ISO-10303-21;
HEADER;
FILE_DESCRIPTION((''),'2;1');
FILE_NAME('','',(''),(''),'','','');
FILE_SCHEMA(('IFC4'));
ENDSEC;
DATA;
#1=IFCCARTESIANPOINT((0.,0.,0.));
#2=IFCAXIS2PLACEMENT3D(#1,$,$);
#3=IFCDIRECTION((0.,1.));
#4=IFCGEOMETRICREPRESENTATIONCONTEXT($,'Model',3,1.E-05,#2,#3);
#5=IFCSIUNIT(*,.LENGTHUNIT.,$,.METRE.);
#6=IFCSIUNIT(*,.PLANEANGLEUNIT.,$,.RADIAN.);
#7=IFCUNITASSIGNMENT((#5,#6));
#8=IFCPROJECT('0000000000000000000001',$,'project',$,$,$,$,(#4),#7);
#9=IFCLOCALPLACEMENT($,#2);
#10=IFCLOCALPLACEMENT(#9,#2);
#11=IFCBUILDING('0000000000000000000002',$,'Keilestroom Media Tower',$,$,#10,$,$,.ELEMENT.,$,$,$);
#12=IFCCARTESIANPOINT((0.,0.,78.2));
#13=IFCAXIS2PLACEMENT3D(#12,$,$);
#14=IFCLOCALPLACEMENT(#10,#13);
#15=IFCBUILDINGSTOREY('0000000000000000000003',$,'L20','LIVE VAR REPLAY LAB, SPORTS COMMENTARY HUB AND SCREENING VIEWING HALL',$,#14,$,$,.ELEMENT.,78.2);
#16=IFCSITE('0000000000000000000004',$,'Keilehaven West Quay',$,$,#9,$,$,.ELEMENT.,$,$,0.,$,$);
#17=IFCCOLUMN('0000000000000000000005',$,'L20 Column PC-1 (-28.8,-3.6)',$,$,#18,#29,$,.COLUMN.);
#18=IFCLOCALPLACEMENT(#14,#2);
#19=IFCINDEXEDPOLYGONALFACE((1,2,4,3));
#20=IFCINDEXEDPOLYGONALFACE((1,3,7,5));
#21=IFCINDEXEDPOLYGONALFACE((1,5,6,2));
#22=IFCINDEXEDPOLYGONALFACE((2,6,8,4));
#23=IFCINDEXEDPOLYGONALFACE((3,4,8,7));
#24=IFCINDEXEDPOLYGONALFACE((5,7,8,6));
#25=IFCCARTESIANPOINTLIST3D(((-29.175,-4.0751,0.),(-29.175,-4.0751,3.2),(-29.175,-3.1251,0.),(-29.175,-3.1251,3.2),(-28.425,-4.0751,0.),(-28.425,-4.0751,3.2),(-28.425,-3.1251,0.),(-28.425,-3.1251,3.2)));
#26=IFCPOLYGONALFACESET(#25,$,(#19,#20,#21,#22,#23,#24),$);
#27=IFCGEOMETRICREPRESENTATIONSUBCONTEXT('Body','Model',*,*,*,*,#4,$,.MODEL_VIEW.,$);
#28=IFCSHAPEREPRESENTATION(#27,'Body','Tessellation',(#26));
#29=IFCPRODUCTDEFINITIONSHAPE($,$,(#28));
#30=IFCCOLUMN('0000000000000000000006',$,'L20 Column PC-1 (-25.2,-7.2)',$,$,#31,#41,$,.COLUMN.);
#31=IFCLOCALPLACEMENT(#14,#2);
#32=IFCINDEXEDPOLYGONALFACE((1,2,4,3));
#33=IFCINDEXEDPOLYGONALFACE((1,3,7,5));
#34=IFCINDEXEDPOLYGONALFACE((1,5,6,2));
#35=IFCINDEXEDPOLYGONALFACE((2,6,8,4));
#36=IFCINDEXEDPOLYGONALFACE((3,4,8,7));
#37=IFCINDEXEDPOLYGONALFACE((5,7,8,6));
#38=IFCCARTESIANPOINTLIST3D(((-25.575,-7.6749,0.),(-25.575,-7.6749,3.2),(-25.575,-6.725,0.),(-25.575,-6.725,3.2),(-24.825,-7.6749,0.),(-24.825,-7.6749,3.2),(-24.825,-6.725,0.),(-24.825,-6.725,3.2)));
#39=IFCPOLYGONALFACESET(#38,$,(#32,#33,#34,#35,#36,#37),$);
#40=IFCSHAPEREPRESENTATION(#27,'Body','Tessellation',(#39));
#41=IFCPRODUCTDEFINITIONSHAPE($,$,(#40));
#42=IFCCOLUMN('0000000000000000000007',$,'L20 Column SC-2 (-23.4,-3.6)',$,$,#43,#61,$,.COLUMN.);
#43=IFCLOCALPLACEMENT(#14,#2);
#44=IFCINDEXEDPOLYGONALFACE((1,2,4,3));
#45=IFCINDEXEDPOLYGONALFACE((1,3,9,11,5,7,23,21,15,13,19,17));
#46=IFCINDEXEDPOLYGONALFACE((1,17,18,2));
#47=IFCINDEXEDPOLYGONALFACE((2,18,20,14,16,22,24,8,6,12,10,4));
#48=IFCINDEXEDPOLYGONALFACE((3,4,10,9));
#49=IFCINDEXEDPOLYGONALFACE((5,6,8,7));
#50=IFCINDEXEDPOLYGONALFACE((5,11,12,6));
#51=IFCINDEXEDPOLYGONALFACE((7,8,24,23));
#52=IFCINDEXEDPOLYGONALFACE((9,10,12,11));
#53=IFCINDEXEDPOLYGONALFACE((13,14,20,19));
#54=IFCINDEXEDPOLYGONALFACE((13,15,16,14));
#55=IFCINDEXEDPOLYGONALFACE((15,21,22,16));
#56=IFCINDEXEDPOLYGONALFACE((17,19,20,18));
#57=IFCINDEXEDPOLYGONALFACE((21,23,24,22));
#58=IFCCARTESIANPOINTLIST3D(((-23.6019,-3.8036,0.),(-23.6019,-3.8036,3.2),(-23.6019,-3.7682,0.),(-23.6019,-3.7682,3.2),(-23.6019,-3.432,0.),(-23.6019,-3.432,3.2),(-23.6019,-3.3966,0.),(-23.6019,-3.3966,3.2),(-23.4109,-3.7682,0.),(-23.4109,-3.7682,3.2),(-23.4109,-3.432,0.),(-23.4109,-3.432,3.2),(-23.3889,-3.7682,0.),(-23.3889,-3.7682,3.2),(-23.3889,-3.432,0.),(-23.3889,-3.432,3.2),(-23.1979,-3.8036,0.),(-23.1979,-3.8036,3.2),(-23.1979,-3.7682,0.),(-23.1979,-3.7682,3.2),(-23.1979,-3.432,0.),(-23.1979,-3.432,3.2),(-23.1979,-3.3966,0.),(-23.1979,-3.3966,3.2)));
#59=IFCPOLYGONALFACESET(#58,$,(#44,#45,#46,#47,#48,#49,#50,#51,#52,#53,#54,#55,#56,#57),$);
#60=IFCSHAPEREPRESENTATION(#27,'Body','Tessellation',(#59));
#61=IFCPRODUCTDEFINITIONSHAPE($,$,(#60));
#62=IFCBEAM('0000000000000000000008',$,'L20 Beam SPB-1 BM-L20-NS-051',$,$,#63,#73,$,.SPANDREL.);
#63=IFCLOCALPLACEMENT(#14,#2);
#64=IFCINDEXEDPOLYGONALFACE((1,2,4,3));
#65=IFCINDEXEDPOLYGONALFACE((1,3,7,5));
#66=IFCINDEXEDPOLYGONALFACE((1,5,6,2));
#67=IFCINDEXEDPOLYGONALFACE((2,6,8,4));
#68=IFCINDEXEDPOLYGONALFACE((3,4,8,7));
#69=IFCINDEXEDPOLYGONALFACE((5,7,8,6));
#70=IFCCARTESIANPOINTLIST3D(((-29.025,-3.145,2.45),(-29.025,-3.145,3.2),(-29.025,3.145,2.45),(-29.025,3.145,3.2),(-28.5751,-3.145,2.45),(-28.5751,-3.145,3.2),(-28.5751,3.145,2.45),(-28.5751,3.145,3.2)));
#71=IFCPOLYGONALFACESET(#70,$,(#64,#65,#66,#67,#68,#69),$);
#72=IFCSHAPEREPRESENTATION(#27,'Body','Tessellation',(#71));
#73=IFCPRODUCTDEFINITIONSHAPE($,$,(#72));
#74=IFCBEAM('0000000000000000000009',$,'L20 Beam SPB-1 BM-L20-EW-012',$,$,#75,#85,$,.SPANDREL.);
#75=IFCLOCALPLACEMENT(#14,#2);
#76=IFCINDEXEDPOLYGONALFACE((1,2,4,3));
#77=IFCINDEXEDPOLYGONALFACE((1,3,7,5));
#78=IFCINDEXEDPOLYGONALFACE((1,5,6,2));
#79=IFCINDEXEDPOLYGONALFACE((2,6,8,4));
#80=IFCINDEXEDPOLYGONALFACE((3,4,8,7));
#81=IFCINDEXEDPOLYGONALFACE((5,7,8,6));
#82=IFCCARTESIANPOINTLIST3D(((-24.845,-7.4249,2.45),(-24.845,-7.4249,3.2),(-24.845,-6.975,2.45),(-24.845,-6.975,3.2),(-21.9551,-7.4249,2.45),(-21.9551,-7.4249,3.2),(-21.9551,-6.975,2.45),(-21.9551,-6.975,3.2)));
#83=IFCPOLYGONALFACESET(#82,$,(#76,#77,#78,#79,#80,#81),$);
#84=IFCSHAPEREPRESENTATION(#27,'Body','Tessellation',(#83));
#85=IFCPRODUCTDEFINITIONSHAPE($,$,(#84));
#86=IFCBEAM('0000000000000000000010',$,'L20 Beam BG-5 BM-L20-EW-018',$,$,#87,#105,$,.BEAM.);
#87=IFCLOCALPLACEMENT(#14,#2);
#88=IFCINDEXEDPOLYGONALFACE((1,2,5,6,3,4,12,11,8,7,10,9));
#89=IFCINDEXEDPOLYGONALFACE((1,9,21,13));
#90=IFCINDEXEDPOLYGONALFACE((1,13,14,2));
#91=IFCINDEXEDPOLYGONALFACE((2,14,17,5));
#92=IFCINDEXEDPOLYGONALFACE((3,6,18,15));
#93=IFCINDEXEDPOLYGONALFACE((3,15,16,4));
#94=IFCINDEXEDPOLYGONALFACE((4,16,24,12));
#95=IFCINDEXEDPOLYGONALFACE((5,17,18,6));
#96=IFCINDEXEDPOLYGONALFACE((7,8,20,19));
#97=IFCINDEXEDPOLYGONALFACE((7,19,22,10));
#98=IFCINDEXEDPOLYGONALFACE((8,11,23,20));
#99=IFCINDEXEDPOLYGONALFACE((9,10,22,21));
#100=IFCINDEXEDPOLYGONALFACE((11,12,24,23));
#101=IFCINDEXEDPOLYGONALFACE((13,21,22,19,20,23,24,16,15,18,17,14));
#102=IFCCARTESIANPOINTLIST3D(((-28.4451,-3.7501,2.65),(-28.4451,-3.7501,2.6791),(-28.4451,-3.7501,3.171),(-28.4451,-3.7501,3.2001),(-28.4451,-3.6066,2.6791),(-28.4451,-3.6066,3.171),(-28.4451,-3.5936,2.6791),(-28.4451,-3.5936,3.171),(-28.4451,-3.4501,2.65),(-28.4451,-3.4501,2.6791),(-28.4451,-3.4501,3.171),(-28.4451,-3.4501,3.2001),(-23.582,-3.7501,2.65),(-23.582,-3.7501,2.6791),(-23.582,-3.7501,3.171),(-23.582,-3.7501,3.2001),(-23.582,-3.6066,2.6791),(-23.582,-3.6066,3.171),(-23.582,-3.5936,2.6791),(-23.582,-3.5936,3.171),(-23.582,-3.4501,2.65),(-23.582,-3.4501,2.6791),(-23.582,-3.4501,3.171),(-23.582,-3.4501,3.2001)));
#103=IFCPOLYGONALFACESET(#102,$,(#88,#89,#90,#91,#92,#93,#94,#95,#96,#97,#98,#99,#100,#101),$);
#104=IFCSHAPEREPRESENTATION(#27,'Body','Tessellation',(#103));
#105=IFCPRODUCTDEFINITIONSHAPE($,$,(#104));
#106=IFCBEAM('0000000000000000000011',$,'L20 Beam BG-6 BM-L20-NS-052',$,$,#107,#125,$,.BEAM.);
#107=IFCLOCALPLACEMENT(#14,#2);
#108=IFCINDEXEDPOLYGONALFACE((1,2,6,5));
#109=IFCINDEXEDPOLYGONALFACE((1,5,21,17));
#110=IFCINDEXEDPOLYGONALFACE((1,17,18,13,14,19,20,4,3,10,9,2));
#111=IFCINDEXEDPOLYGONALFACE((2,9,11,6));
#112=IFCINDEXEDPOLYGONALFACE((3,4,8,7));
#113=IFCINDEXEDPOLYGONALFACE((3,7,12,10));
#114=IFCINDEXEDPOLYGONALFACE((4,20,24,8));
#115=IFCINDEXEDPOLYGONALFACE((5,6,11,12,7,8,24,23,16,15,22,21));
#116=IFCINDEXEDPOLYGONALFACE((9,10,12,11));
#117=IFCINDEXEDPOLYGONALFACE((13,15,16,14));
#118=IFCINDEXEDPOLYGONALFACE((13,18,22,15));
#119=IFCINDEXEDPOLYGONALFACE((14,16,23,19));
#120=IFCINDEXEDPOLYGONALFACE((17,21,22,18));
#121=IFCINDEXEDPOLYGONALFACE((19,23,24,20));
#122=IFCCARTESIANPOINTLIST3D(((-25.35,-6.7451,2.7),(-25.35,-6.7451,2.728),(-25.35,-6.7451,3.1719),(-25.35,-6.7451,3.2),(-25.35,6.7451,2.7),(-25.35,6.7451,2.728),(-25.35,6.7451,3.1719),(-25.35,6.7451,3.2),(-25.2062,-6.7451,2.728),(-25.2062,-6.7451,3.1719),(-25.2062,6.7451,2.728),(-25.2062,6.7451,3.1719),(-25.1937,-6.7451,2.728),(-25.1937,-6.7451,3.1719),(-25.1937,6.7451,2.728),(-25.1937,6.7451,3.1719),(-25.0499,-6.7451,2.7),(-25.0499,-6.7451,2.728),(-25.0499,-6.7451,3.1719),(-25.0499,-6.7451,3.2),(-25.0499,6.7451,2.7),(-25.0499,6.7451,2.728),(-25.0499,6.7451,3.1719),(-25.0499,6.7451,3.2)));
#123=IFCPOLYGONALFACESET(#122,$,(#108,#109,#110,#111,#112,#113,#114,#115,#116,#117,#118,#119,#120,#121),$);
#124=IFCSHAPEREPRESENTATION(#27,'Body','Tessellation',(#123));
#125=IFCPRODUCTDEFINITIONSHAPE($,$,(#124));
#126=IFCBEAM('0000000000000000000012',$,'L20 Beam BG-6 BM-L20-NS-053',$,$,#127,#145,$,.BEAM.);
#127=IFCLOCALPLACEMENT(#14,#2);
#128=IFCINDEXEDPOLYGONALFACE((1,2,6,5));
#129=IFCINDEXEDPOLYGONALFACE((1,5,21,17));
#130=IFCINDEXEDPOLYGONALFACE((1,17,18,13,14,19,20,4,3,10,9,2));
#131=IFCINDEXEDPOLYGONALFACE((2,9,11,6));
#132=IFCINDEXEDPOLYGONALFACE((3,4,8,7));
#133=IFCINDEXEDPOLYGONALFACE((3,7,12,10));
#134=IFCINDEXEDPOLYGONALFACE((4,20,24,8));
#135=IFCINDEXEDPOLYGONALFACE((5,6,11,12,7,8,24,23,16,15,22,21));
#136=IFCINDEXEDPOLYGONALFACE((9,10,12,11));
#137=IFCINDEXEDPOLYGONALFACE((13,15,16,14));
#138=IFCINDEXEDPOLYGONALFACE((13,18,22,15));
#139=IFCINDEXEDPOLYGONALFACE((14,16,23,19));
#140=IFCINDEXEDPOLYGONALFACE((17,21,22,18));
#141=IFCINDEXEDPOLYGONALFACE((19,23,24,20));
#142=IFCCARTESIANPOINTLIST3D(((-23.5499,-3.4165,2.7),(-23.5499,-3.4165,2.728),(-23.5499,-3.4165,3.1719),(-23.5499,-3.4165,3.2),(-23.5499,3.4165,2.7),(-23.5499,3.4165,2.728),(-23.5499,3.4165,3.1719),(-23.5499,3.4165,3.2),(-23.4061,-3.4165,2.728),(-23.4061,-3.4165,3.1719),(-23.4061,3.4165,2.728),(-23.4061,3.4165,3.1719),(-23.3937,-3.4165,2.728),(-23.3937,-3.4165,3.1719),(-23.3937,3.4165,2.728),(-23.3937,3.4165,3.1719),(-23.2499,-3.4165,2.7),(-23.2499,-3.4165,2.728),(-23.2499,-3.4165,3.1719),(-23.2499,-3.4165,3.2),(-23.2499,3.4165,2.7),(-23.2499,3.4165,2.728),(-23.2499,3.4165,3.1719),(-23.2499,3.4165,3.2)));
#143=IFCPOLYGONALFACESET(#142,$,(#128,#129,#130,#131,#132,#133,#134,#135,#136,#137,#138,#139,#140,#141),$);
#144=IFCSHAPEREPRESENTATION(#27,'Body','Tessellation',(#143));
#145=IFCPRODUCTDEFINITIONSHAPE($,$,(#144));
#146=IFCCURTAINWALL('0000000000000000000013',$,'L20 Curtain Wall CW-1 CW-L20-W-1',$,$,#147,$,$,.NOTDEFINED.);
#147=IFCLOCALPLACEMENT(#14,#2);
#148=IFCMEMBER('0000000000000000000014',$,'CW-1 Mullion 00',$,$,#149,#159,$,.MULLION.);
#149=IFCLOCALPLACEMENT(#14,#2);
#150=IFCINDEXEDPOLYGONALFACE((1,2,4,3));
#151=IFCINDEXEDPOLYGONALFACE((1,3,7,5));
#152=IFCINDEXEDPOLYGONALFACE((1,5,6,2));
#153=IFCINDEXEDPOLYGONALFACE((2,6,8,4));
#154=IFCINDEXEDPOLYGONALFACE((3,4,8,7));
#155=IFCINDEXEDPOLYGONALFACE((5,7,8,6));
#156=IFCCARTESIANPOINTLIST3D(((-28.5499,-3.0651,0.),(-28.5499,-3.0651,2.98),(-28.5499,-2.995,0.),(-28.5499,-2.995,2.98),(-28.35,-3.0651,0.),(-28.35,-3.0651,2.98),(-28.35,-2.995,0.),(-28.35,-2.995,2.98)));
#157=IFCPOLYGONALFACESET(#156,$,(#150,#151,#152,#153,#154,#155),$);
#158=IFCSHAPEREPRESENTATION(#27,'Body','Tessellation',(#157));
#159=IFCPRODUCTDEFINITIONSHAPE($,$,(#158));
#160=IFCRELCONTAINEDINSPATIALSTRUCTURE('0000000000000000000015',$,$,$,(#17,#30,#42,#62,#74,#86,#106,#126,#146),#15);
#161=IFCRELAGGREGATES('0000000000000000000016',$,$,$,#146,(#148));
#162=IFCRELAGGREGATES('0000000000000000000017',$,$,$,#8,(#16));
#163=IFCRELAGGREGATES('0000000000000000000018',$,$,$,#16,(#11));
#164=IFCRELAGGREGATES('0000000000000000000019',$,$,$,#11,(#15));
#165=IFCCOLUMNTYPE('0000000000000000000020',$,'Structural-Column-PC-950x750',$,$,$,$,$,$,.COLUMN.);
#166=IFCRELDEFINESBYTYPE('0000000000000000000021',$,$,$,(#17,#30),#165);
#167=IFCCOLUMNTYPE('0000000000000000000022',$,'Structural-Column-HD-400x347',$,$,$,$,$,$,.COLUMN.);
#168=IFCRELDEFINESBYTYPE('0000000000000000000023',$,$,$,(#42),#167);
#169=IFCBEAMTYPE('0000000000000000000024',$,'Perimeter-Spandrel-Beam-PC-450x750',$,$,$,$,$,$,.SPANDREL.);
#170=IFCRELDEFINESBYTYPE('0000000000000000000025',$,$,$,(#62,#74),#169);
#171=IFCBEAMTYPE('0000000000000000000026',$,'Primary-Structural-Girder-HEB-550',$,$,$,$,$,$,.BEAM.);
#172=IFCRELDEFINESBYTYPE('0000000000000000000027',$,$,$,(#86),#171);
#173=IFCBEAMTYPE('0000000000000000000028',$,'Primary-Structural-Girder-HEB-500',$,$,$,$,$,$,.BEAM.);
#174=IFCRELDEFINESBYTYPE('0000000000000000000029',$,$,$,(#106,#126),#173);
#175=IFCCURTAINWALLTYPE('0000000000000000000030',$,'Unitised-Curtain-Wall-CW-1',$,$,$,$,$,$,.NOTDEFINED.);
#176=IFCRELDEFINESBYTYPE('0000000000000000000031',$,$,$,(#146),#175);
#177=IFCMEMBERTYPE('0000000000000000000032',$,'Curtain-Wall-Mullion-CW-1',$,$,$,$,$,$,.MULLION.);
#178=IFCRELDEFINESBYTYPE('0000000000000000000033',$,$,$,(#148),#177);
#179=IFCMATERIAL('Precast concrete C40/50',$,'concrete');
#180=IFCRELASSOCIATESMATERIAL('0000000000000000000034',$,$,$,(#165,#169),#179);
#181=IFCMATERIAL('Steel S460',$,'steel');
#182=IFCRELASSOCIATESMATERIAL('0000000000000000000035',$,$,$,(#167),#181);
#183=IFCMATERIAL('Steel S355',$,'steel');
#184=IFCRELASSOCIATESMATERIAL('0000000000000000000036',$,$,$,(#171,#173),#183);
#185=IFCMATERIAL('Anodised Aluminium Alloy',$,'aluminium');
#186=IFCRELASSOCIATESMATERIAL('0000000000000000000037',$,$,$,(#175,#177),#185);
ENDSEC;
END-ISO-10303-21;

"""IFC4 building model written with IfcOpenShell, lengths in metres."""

from ifc_helpers import new_model, si_unit, direction, frame, origin, origin_2d, place, context, subcontext, project, spatial, rectangle, i_section, extrude, source, transform, mapped, material, material_profile, profile_set, type_object, element, aggregate, save


model = new_model("IFC4")

# Units and contexts
model_context = context("Model", 3, precision=1e-05, world=origin(), true_north=direction((0.0, 1.0)))
body_context = subcontext(model_context, "Body", "Model", "MODEL_VIEW")
ifc_project = project(units=[si_unit("LENGTHUNIT", "METRE"), si_unit("PLANEANGLEUNIT", "RADIAN")], contexts=[model_context])

# Site, building, storey
site_placement = place(None, origin())
site = spatial("IfcSite", under=ifc_project, at=site_placement, Name="Keilehaven West Quay", CompositionType="ELEMENT", RefElevation=0.0)
building_placement = place(site_placement, origin())
building = spatial("IfcBuilding", under=site, at=building_placement, Name="Keilestroom Media Tower", CompositionType="ELEMENT")
storey_placement = place(building_placement, frame((0.0, 0.0, 78.2)))
storey = spatial("IfcBuildingStorey", under=building, at=storey_placement, Name="L20", Description="LIVE VAR REPLAY LAB, SPORTS COMMENTARY HUB AND SCREENING VIEWING HALL", CompositionType="ELEMENT", Elevation=78.2)

# Columns
ifc_material_1 = material(Name="Precast concrete C40/50", Category="concrete")
ifc_material_profile_1 = material_profile(ifc_material_1, rectangle(XDim=0.75, YDim=0.95, at=origin_2d()), Name="PC 950x750")
ifc_profile_set_1 = profile_set([ifc_material_profile_1], Name="Precast concrete C40/50")
column_type_1 = type_object("IfcColumnType", Name="Structural-Column-PC-950x750", PredefinedType="COLUMN", material=ifc_profile_set_1)
shared_shape_1 = source(origin(), body_context, "Body", "SweptSolid", [
    extrude(rectangle(XDim=0.75, YDim=0.95, at=origin_2d()), origin(), (0.0, 0.0, 1.0), 3.2),
])
for number, where, z_axis, x_axis, name in (
    (1, (-28.8, -3.6001, 0.0), (0.0, 0.0, 1.0), (1.0, 0.0, 0.0), "L20 Column PC-1 (-28.8,-3.6)"),
    (2, (-25.2, -7.2, 0.0), (0.0, 0.0, 1.0), (1.0, 0.0, 0.0), "L20 Column PC-1 (-25.2,-7.2)"),
):
    element("IfcColumn", number, at=place(storey_placement, frame(where, z_axis=z_axis, x_axis=x_axis)), inside=storey, type_object=column_type_1, Name=name, PredefinedType="COLUMN", context=body_context, shape_type="MappedRepresentation", body=[
        mapped(shared_shape_1, transform((0.0, 0.0, 0.0), x_axis=(1.0, 0.0, 0.0), y_axis=(0.0, 1.0, 0.0), z_axis=(0.0, 0.0, 1.0), scale=1.0)),
    ])
ifc_material_2 = material(Name="Steel S460", Category="steel")
ifc_material_profile_2 = material_profile(ifc_material_2, i_section(OverallWidth=0.4041, OverallDepth=0.407, WebThickness=0.022, FlangeThickness=0.0354, at=origin_2d()), Name="HD 400x347")
ifc_profile_set_2 = profile_set([ifc_material_profile_2], Name="Steel S460")
column_type_2 = type_object("IfcColumnType", Name="Structural-Column-HD-400x347", PredefinedType="COLUMN", material=ifc_profile_set_2)
shared_shape_2 = source(origin(), body_context, "Body", "SweptSolid", [
    extrude(i_section(OverallWidth=0.4041, OverallDepth=0.407, WebThickness=0.022, FlangeThickness=0.0354, at=origin_2d()), origin(), (0.0, 0.0, 1.0), 3.2),
])
column_placement = place(storey_placement, frame((-23.3999, -3.6001, 0.0), z_axis=(0.0, 0.0, 1.0), x_axis=(1.0, 0.0, 0.0)))
element("IfcColumn", 3, at=column_placement, inside=storey, type_object=column_type_2, Name="L20 Column SC-2 (-23.4,-3.6)", PredefinedType="COLUMN", context=body_context, shape_type="MappedRepresentation", body=[
    mapped(shared_shape_2, transform((0.0, 0.0, 0.0), x_axis=(1.0, 0.0, 0.0), y_axis=(0.0, 1.0, 0.0), z_axis=(0.0, 0.0, 1.0), scale=1.0)),
])

# Beams
ifc_material_profile_3 = material_profile(ifc_material_1, rectangle(XDim=0.45, YDim=0.75, at=origin_2d()), Name="PC 450x750")
ifc_profile_set_3 = profile_set([ifc_material_profile_3], Name="Precast concrete C40/50")
beam_type_1 = type_object("IfcBeamType", Name="Perimeter-Spandrel-Beam-PC-450x750", PredefinedType="SPANDREL", material=ifc_profile_set_3)
shared_shape_3 = source(origin(), body_context, "Body", "SweptSolid", [
    extrude(rectangle(XDim=0.45, YDim=0.75, at=origin_2d()), origin(), (0.0, 0.0, 1.0), 6.29),
])
beam_1_placement = place(storey_placement, frame((-28.8, -3.145, 2.825), z_axis=(0.0, 1.0, 0.0), x_axis=(-1.0, 0.0, 0.0)))
element("IfcBeam", 4, at=beam_1_placement, inside=storey, type_object=beam_type_1, Name="L20 Beam SPB-1 BM-L20-NS-051", PredefinedType="SPANDREL", context=body_context, shape_type="MappedRepresentation", body=[
    mapped(shared_shape_3, transform((0.0, 0.0, 0.0), x_axis=(1.0, 0.0, 0.0), y_axis=(0.0, 1.0, 0.0), z_axis=(0.0, 0.0, 1.0), scale=1.0)),
])
shared_shape_4 = source(origin(), body_context, "Body", "SweptSolid", [
    extrude(rectangle(XDim=0.45, YDim=0.75, at=origin_2d()), origin(), (0.0, 0.0, 1.0), 2.8899),
])
beam_2_placement = place(storey_placement, frame((-24.845, -7.2, 2.825), z_axis=(1.0, 0.0, 0.0), x_axis=(0.0, 1.0, 0.0)))
element("IfcBeam", 5, at=beam_2_placement, inside=storey, type_object=beam_type_1, Name="L20 Beam SPB-1 BM-L20-EW-012", PredefinedType="SPANDREL", context=body_context, shape_type="MappedRepresentation", body=[
    mapped(shared_shape_4, transform((0.0, 0.0, 0.0), x_axis=(1.0, 0.0, 0.0), y_axis=(0.0, 1.0, 0.0), z_axis=(0.0, 0.0, 1.0), scale=1.0)),
])
ifc_material_3 = material(Name="Steel S355", Category="steel")
ifc_material_profile_4 = material_profile(ifc_material_3, i_section(OverallWidth=0.3, OverallDepth=0.55, WebThickness=0.0129, FlangeThickness=0.0291, at=origin_2d()), Name="HEB 550")
ifc_profile_set_4 = profile_set([ifc_material_profile_4], Name="Steel S355")
beam_type_2 = type_object("IfcBeamType", Name="Primary-Structural-Girder-HEB-550", PredefinedType="BEAM", material=ifc_profile_set_4)
shared_shape_5 = source(origin(), body_context, "Body", "SweptSolid", [
    extrude(i_section(OverallWidth=0.3, OverallDepth=0.55, WebThickness=0.0129, FlangeThickness=0.0291, at=origin_2d()), origin(), (0.0, 0.0, 1.0), 4.863),
])
beam_3_placement = place(storey_placement, frame((-28.4451, -3.6001, 2.925), z_axis=(1.0, 0.0, 0.0), x_axis=(0.0, 1.0, 0.0)))
element("IfcBeam", 6, at=beam_3_placement, inside=storey, type_object=beam_type_2, Name="L20 Beam BG-5 BM-L20-EW-018", PredefinedType="BEAM", context=body_context, shape_type="MappedRepresentation", body=[
    mapped(shared_shape_5, transform((0.0, 0.0, 0.0), x_axis=(1.0, 0.0, 0.0), y_axis=(0.0, 1.0, 0.0), z_axis=(0.0, 0.0, 1.0), scale=1.0)),
])
ifc_material_profile_5 = material_profile(ifc_material_3, i_section(OverallWidth=0.3, OverallDepth=0.5, WebThickness=0.0125, FlangeThickness=0.0281, at=origin_2d()), Name="HEB 500")
ifc_profile_set_5 = profile_set([ifc_material_profile_5], Name="Steel S355")
beam_type_3 = type_object("IfcBeamType", Name="Primary-Structural-Girder-HEB-500", PredefinedType="BEAM", material=ifc_profile_set_5)
shared_shape_6 = source(origin(), body_context, "Body", "SweptSolid", [
    extrude(i_section(OverallWidth=0.3, OverallDepth=0.5, WebThickness=0.0125, FlangeThickness=0.0281, at=origin_2d()), origin(), (0.0, 0.0, 1.0), 13.4902),
])
beam_4_placement = place(storey_placement, frame((-25.2, -6.7451, 2.95), z_axis=(0.0, 1.0, 0.0), x_axis=(-1.0, 0.0, 0.0)))
element("IfcBeam", 7, at=beam_4_placement, inside=storey, type_object=beam_type_3, Name="L20 Beam BG-6 BM-L20-NS-052", PredefinedType="BEAM", context=body_context, shape_type="MappedRepresentation", body=[
    mapped(shared_shape_6, transform((0.0, 0.0, 0.0), x_axis=(1.0, 0.0, 0.0), y_axis=(0.0, 1.0, 0.0), z_axis=(0.0, 0.0, 1.0), scale=1.0)),
])
shared_shape_7 = source(origin(), body_context, "Body", "SweptSolid", [
    extrude(i_section(OverallWidth=0.3, OverallDepth=0.5, WebThickness=0.0125, FlangeThickness=0.0281, at=origin_2d()), origin(), (0.0, 0.0, 1.0), 6.833),
])
beam_5_placement = place(storey_placement, frame((-23.3999, -3.4165, 2.95), z_axis=(0.0, 1.0, 0.0), x_axis=(-1.0, 0.0, 0.0)))
element("IfcBeam", 8, at=beam_5_placement, inside=storey, type_object=beam_type_3, Name="L20 Beam BG-6 BM-L20-NS-053", PredefinedType="BEAM", context=body_context, shape_type="MappedRepresentation", body=[
    mapped(shared_shape_7, transform((0.0, 0.0, 0.0), x_axis=(1.0, 0.0, 0.0), y_axis=(0.0, 1.0, 0.0), z_axis=(0.0, 0.0, 1.0), scale=1.0)),
])

# Curtain wall, member
ifc_material_4 = material(Name="Anodised Aluminium Alloy", Category="aluminium")
curtain_wall_type = type_object("IfcCurtainWallType", Name="Unitised-Curtain-Wall-CW-1", PredefinedType="NOTDEFINED", material=ifc_material_4)
curtain_wall_1_placement = place(storey_placement, origin())
curtain_wall_1 = element("IfcCurtainWall", 9, at=curtain_wall_1_placement, inside=storey, type_object=curtain_wall_type, Name="L20 Curtain Wall CW-1 CW-L20-W-1", PredefinedType="NOTDEFINED")
ifc_material_profile_6 = material_profile(ifc_material_4, rectangle(XDim=0.0701, YDim=0.2, at=origin_2d()), Name="ALU MULLION 70x200")
ifc_profile_set_6 = profile_set([ifc_material_profile_6], Name="Anodised Aluminium Alloy")
member_type_1 = type_object("IfcMemberType", Name="Curtain-Wall-Mullion-CW-1", PredefinedType="MULLION", material=ifc_profile_set_6)
shared_shape_8 = source(origin(), body_context, "Body", "SweptSolid", [
    extrude(rectangle(XDim=0.0701, YDim=0.2, at=origin_2d()), origin(), (0.0, 0.0, 1.0), 2.98),
])
member_1_placement = place(storey_placement, frame((-28.45, -3.03, 0.0), z_axis=(0.0, 0.0, 1.0), x_axis=(0.0, 1.0, 0.0)))
member_1 = element("IfcMember", 10, at=member_1_placement, type_object=member_type_1, Name="CW-1 Mullion 00", PredefinedType="MULLION", context=body_context, shape_type="MappedRepresentation", body=[
    mapped(shared_shape_8, transform((0.0, 0.0, 0.0), x_axis=(1.0, 0.0, 0.0), y_axis=(0.0, 1.0, 0.0), z_axis=(0.0, 0.0, 1.0), scale=1.0)),
])

aggregate(curtain_wall_1, [member_1])

save(model, "model.ifc")
